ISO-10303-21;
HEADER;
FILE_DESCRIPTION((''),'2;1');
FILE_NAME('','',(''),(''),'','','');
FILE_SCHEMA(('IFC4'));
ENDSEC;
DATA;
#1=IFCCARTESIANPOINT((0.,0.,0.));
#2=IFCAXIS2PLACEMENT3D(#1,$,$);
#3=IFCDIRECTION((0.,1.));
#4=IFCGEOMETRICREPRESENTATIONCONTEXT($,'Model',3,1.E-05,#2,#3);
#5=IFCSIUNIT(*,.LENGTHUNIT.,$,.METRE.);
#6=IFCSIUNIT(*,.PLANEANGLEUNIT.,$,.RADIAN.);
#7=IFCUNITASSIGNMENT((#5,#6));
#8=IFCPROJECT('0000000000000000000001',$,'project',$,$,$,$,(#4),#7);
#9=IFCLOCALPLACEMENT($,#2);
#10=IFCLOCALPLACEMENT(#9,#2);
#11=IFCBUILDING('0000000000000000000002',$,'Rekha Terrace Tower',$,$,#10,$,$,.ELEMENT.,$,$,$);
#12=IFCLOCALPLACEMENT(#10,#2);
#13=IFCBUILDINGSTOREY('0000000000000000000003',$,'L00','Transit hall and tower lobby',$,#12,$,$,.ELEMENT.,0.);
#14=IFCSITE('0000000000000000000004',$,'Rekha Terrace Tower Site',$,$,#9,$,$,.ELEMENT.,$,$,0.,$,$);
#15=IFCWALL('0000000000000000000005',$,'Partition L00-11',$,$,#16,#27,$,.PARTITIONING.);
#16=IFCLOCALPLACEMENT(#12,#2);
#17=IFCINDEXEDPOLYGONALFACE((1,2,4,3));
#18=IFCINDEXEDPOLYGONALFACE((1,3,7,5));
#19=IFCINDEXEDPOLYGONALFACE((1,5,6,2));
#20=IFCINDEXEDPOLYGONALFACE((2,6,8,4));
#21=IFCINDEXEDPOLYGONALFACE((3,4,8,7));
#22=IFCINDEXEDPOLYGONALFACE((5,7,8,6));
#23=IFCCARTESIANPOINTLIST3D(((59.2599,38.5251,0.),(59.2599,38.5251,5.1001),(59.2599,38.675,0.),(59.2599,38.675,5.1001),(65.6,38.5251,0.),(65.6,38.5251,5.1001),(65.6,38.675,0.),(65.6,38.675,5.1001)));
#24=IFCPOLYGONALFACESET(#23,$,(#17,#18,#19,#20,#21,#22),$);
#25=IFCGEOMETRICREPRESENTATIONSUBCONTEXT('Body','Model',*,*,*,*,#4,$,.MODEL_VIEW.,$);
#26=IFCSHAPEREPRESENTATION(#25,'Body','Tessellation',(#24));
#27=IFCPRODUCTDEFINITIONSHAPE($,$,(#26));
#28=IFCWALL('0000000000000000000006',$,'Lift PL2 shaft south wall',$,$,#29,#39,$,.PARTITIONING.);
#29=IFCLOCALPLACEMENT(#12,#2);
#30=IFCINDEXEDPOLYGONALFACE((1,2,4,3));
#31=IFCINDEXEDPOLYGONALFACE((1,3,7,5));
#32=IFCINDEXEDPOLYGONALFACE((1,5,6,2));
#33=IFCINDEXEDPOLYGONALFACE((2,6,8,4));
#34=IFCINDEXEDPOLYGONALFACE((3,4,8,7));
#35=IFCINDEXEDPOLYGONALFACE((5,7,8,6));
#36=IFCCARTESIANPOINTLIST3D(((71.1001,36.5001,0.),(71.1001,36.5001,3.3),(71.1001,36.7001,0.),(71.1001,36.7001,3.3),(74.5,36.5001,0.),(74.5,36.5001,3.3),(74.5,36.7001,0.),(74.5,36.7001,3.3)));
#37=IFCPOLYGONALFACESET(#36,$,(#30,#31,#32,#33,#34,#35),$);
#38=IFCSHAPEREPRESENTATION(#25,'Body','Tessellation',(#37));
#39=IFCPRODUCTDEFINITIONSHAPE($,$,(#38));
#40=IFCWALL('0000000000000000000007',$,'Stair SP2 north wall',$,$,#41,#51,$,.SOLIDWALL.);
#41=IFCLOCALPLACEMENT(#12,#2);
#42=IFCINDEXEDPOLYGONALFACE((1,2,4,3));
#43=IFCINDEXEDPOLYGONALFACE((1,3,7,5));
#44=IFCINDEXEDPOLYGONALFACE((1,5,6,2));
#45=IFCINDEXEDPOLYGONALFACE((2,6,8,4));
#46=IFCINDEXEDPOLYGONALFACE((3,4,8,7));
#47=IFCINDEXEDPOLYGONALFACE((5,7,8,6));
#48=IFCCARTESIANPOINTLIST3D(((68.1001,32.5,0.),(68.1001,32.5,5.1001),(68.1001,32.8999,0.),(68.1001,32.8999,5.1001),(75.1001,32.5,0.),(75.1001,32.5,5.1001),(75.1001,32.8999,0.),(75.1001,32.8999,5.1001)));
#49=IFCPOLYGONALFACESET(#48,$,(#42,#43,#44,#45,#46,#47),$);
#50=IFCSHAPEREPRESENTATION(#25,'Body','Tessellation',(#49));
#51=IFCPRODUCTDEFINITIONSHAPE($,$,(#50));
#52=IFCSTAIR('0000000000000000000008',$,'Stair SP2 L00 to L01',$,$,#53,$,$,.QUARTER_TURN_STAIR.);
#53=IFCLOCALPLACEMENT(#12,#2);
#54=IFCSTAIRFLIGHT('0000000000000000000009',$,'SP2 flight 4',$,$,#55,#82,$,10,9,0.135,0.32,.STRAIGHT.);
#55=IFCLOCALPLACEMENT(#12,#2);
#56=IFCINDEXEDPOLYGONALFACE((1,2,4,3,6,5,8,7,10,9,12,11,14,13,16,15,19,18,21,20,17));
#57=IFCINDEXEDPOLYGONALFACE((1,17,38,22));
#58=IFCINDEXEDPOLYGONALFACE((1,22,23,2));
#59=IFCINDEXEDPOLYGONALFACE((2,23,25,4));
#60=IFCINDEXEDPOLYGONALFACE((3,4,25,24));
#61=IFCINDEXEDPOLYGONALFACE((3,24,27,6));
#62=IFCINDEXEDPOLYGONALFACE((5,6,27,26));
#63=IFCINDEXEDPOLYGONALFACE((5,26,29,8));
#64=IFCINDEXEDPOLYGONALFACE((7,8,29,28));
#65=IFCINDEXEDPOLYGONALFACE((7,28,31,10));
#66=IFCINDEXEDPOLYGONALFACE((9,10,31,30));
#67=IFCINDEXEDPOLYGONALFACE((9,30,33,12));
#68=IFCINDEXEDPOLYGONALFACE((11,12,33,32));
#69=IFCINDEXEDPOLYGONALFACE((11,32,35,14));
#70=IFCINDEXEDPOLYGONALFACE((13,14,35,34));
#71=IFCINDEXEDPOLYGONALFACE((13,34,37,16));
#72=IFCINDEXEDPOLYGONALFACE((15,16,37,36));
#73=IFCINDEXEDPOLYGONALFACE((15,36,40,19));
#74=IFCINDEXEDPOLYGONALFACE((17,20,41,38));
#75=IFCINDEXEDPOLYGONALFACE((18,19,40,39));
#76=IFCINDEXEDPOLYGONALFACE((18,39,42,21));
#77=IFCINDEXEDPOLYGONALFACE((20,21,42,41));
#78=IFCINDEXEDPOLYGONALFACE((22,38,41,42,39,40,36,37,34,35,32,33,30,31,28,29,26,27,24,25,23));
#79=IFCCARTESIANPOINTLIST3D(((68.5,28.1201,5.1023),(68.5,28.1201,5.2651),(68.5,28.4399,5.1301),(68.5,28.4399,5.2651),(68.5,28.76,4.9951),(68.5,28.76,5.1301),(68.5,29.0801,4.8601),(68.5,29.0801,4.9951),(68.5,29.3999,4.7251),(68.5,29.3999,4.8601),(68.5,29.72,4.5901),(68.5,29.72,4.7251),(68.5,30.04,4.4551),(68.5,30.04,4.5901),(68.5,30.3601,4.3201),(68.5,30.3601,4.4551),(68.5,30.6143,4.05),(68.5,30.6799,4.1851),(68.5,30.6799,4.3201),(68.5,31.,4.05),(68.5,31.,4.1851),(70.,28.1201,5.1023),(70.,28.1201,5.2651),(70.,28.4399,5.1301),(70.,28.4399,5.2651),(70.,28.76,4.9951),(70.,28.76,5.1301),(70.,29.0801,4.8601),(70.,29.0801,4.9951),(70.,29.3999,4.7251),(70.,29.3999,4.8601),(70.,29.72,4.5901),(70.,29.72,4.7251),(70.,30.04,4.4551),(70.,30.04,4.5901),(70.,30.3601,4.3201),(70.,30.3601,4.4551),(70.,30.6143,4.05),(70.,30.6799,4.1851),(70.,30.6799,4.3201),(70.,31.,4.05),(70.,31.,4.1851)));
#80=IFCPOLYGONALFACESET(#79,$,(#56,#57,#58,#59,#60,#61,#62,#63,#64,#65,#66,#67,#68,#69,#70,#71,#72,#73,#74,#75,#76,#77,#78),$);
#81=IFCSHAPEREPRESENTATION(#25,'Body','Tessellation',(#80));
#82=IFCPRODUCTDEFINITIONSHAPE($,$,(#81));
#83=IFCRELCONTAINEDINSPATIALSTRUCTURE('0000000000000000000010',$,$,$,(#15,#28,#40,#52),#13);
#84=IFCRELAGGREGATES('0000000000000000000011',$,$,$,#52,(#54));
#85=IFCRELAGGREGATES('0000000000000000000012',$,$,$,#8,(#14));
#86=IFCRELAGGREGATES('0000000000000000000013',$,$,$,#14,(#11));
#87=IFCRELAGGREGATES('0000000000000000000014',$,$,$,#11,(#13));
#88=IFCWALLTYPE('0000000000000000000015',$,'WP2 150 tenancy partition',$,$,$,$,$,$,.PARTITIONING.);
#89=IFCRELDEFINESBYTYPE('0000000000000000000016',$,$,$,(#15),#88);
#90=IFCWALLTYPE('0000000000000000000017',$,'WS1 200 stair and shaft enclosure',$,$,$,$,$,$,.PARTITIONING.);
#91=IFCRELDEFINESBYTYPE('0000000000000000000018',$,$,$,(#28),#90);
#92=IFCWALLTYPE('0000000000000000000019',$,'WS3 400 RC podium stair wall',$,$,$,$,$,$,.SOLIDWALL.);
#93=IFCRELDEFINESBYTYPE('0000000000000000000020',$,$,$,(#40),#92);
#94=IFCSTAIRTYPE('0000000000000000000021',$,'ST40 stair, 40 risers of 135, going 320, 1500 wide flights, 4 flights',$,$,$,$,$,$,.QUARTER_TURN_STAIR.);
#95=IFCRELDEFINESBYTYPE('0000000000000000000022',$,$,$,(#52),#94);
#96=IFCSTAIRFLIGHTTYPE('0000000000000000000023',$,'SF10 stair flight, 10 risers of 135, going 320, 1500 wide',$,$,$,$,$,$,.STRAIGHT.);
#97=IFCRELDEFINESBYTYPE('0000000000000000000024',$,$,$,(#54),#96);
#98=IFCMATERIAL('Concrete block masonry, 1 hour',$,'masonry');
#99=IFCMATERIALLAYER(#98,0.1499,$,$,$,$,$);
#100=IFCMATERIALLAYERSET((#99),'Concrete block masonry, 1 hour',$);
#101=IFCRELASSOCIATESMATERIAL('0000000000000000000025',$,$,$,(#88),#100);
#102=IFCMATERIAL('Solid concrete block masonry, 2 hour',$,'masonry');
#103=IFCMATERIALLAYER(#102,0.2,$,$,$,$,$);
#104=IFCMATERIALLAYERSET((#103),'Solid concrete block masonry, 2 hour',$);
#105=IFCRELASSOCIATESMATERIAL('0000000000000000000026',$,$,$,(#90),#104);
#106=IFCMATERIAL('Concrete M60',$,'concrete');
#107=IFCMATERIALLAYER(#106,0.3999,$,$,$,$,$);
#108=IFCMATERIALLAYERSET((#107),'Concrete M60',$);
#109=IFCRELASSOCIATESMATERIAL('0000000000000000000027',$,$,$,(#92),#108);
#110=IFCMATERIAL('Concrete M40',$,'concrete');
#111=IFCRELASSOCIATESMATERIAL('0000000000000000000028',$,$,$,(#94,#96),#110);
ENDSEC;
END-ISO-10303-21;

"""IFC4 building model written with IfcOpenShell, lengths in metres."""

from ifc_helpers import new_model, si_unit, direction, frame, frame_2d, origin, place, context, subcontext, project, spatial, polyline, rectangle, outline, extrude, material, layer, layer_set, type_object, element, aggregate, save


model = new_model("IFC4")

# Units and contexts
model_context = context("Model", 3, precision=1e-05, world=origin(), true_north=direction((0.0, 1.0)))
body_context = subcontext(model_context, "Body", "Model", "MODEL_VIEW")
ifc_project = project(units=[si_unit("LENGTHUNIT", "METRE"), si_unit("PLANEANGLEUNIT", "RADIAN")], contexts=[model_context])

# Site, building, storey
site_placement = place(None, origin())
site = spatial("IfcSite", under=ifc_project, at=site_placement, Name="Rekha Terrace Tower Site", CompositionType="ELEMENT", RefElevation=0.0)
building_placement = place(site_placement, origin())
building = spatial("IfcBuilding", under=site, at=building_placement, Name="Rekha Terrace Tower", CompositionType="ELEMENT")
storey_placement = place(building_placement, origin())
storey = spatial("IfcBuildingStorey", under=building, at=storey_placement, Name="L00", Description="Transit hall and tower lobby", CompositionType="ELEMENT", Elevation=0.0)

# Shared definitions
ifc_material_1 = material(Name="Concrete M60", Category="concrete")

# Shared definitions
ifc_material_2 = material(Name="Concrete block masonry, 1 hour", Category="masonry")
ifc_layer_1 = layer(ifc_material_2, 0.1499)
ifc_layer_set_1 = layer_set([ifc_layer_1], Name="Concrete block masonry, 1 hour")
wall_type_1 = type_object("IfcWallType", Name="WP2 150 tenancy partition", PredefinedType="PARTITIONING", material=ifc_layer_set_1)

# Walls
wall_1_placement = place(storey_placement, frame((59.26, 38.6001, 0.0), z_axis=(0.0, 0.0, 1.0), x_axis=(1.0, 0.0, 0.0)))
element("IfcWall", 1, at=wall_1_placement, inside=storey, type_object=wall_type_1, Name="Partition L00-11", PredefinedType="PARTITIONING", context=body_context, shape_type="SweptSolid", body=[
    extrude(rectangle(XDim=6.3401, YDim=0.1499, at=frame_2d((3.1699, 0.0))), origin(), (0.0, 0.0, 1.0), 5.1001),
])
ifc_material_3 = material(Name="Solid concrete block masonry, 2 hour", Category="masonry")
ifc_layer_2 = layer(ifc_material_3, 0.2)
ifc_layer_set_2 = layer_set([ifc_layer_2], Name="Solid concrete block masonry, 2 hour")
wall_type_2 = type_object("IfcWallType", Name="WS1 200 stair and shaft enclosure", PredefinedType="PARTITIONING", material=ifc_layer_set_2)
wall_2_placement = place(storey_placement, frame((71.1001, 36.6001, 0.0), z_axis=(0.0, 0.0, 1.0), x_axis=(1.0, 0.0, 0.0)))
element("IfcWall", 2, at=wall_2_placement, inside=storey, type_object=wall_type_2, Name="Lift PL2 shaft south wall", PredefinedType="PARTITIONING", context=body_context, shape_type="SweptSolid", body=[
    extrude(rectangle(XDim=3.3999, YDim=0.2, at=frame_2d((1.7, 0.0))), origin(), (0.0, 0.0, 1.0), 3.3),
])
ifc_layer_3 = layer(ifc_material_1, 0.3999)
ifc_layer_set_3 = layer_set([ifc_layer_3], Name="Concrete M60")
wall_type_3 = type_object("IfcWallType", Name="WS3 400 RC podium stair wall", PredefinedType="SOLIDWALL", material=ifc_layer_set_3)
wall_3_placement = place(storey_placement, frame((68.1001, 32.7, 0.0), z_axis=(0.0, 0.0, 1.0), x_axis=(1.0, 0.0, 0.0)))
element("IfcWall", 3, at=wall_3_placement, inside=storey, type_object=wall_type_3, Name="Stair SP2 north wall", PredefinedType="SOLIDWALL", context=body_context, shape_type="SweptSolid", body=[
    extrude(rectangle(XDim=7.0, YDim=0.3999, at=frame_2d((3.5, 0.0))), origin(), (0.0, 0.0, 1.0), 5.1001),
])

# Stair, stair flight
ifc_material_4 = material(Name="Concrete M40", Category="concrete")
stair_type = type_object("IfcStairType", Name="ST40 stair, 40 risers of 135, going 320, 1500 wide flights, 4 flights", PredefinedType="QUARTER_TURN_STAIR", material=ifc_material_4)
stair_placement = place(storey_placement, origin())
stair = element("IfcStair", 4, at=stair_placement, inside=storey, type_object=stair_type, Name="Stair SP2 L00 to L01", PredefinedType="QUARTER_TURN_STAIR")
stair_flight_type = type_object("IfcStairFlightType", Name="SF10 stair flight, 10 risers of 135, going 320, 1500 wide", PredefinedType="STRAIGHT", material=ifc_material_4)
stair_flight_placement = place(storey_placement, frame((69.25, 31.0, 4.05), z_axis=(0.0, 0.0, 1.0), x_axis=(0.0, -1.0, 0.0)))
stair_flight = element("IfcStairFlight", 5, at=stair_flight_placement, type_object=stair_flight_type, Name="SP2 flight 4", NumberOfRisers=10, NumberOfTreads=9, PredefinedType="STRAIGHT", RiserHeight=0.135, TreadLength=0.32, context=body_context, shape_type="SweptSolid", body=[
    extrude(outline(polyline([(0.0, 0.0), (0.0, 0.135), (0.3201, 0.135), (0.3201, 0.27), (0.6399, 0.27), (0.6399, 0.405), (0.96, 0.405), (0.96, 0.54), (1.28, 0.54), (1.28, 0.675), (1.6001, 0.675), (1.6001, 0.8101), (1.9199, 0.8101), (1.9199, 0.9451), (2.24, 0.9451), (2.24, 1.0801), (2.5601, 1.0801), (2.5601, 1.2151), (2.8799, 1.2151), (2.8799, 1.3501), (2.8799, 1.0522), (0.3857, 0.0), (0.0, 0.0)])), frame((0.0, 0.75, 0.0), z_axis=(0.0, -1.0, 0.0), x_axis=(1.0, 0.0, 0.0)), (0.0, 0.0, 1.0), 1.5),
])
aggregate(stair, [stair_flight])

save(model, "model.ifc")
